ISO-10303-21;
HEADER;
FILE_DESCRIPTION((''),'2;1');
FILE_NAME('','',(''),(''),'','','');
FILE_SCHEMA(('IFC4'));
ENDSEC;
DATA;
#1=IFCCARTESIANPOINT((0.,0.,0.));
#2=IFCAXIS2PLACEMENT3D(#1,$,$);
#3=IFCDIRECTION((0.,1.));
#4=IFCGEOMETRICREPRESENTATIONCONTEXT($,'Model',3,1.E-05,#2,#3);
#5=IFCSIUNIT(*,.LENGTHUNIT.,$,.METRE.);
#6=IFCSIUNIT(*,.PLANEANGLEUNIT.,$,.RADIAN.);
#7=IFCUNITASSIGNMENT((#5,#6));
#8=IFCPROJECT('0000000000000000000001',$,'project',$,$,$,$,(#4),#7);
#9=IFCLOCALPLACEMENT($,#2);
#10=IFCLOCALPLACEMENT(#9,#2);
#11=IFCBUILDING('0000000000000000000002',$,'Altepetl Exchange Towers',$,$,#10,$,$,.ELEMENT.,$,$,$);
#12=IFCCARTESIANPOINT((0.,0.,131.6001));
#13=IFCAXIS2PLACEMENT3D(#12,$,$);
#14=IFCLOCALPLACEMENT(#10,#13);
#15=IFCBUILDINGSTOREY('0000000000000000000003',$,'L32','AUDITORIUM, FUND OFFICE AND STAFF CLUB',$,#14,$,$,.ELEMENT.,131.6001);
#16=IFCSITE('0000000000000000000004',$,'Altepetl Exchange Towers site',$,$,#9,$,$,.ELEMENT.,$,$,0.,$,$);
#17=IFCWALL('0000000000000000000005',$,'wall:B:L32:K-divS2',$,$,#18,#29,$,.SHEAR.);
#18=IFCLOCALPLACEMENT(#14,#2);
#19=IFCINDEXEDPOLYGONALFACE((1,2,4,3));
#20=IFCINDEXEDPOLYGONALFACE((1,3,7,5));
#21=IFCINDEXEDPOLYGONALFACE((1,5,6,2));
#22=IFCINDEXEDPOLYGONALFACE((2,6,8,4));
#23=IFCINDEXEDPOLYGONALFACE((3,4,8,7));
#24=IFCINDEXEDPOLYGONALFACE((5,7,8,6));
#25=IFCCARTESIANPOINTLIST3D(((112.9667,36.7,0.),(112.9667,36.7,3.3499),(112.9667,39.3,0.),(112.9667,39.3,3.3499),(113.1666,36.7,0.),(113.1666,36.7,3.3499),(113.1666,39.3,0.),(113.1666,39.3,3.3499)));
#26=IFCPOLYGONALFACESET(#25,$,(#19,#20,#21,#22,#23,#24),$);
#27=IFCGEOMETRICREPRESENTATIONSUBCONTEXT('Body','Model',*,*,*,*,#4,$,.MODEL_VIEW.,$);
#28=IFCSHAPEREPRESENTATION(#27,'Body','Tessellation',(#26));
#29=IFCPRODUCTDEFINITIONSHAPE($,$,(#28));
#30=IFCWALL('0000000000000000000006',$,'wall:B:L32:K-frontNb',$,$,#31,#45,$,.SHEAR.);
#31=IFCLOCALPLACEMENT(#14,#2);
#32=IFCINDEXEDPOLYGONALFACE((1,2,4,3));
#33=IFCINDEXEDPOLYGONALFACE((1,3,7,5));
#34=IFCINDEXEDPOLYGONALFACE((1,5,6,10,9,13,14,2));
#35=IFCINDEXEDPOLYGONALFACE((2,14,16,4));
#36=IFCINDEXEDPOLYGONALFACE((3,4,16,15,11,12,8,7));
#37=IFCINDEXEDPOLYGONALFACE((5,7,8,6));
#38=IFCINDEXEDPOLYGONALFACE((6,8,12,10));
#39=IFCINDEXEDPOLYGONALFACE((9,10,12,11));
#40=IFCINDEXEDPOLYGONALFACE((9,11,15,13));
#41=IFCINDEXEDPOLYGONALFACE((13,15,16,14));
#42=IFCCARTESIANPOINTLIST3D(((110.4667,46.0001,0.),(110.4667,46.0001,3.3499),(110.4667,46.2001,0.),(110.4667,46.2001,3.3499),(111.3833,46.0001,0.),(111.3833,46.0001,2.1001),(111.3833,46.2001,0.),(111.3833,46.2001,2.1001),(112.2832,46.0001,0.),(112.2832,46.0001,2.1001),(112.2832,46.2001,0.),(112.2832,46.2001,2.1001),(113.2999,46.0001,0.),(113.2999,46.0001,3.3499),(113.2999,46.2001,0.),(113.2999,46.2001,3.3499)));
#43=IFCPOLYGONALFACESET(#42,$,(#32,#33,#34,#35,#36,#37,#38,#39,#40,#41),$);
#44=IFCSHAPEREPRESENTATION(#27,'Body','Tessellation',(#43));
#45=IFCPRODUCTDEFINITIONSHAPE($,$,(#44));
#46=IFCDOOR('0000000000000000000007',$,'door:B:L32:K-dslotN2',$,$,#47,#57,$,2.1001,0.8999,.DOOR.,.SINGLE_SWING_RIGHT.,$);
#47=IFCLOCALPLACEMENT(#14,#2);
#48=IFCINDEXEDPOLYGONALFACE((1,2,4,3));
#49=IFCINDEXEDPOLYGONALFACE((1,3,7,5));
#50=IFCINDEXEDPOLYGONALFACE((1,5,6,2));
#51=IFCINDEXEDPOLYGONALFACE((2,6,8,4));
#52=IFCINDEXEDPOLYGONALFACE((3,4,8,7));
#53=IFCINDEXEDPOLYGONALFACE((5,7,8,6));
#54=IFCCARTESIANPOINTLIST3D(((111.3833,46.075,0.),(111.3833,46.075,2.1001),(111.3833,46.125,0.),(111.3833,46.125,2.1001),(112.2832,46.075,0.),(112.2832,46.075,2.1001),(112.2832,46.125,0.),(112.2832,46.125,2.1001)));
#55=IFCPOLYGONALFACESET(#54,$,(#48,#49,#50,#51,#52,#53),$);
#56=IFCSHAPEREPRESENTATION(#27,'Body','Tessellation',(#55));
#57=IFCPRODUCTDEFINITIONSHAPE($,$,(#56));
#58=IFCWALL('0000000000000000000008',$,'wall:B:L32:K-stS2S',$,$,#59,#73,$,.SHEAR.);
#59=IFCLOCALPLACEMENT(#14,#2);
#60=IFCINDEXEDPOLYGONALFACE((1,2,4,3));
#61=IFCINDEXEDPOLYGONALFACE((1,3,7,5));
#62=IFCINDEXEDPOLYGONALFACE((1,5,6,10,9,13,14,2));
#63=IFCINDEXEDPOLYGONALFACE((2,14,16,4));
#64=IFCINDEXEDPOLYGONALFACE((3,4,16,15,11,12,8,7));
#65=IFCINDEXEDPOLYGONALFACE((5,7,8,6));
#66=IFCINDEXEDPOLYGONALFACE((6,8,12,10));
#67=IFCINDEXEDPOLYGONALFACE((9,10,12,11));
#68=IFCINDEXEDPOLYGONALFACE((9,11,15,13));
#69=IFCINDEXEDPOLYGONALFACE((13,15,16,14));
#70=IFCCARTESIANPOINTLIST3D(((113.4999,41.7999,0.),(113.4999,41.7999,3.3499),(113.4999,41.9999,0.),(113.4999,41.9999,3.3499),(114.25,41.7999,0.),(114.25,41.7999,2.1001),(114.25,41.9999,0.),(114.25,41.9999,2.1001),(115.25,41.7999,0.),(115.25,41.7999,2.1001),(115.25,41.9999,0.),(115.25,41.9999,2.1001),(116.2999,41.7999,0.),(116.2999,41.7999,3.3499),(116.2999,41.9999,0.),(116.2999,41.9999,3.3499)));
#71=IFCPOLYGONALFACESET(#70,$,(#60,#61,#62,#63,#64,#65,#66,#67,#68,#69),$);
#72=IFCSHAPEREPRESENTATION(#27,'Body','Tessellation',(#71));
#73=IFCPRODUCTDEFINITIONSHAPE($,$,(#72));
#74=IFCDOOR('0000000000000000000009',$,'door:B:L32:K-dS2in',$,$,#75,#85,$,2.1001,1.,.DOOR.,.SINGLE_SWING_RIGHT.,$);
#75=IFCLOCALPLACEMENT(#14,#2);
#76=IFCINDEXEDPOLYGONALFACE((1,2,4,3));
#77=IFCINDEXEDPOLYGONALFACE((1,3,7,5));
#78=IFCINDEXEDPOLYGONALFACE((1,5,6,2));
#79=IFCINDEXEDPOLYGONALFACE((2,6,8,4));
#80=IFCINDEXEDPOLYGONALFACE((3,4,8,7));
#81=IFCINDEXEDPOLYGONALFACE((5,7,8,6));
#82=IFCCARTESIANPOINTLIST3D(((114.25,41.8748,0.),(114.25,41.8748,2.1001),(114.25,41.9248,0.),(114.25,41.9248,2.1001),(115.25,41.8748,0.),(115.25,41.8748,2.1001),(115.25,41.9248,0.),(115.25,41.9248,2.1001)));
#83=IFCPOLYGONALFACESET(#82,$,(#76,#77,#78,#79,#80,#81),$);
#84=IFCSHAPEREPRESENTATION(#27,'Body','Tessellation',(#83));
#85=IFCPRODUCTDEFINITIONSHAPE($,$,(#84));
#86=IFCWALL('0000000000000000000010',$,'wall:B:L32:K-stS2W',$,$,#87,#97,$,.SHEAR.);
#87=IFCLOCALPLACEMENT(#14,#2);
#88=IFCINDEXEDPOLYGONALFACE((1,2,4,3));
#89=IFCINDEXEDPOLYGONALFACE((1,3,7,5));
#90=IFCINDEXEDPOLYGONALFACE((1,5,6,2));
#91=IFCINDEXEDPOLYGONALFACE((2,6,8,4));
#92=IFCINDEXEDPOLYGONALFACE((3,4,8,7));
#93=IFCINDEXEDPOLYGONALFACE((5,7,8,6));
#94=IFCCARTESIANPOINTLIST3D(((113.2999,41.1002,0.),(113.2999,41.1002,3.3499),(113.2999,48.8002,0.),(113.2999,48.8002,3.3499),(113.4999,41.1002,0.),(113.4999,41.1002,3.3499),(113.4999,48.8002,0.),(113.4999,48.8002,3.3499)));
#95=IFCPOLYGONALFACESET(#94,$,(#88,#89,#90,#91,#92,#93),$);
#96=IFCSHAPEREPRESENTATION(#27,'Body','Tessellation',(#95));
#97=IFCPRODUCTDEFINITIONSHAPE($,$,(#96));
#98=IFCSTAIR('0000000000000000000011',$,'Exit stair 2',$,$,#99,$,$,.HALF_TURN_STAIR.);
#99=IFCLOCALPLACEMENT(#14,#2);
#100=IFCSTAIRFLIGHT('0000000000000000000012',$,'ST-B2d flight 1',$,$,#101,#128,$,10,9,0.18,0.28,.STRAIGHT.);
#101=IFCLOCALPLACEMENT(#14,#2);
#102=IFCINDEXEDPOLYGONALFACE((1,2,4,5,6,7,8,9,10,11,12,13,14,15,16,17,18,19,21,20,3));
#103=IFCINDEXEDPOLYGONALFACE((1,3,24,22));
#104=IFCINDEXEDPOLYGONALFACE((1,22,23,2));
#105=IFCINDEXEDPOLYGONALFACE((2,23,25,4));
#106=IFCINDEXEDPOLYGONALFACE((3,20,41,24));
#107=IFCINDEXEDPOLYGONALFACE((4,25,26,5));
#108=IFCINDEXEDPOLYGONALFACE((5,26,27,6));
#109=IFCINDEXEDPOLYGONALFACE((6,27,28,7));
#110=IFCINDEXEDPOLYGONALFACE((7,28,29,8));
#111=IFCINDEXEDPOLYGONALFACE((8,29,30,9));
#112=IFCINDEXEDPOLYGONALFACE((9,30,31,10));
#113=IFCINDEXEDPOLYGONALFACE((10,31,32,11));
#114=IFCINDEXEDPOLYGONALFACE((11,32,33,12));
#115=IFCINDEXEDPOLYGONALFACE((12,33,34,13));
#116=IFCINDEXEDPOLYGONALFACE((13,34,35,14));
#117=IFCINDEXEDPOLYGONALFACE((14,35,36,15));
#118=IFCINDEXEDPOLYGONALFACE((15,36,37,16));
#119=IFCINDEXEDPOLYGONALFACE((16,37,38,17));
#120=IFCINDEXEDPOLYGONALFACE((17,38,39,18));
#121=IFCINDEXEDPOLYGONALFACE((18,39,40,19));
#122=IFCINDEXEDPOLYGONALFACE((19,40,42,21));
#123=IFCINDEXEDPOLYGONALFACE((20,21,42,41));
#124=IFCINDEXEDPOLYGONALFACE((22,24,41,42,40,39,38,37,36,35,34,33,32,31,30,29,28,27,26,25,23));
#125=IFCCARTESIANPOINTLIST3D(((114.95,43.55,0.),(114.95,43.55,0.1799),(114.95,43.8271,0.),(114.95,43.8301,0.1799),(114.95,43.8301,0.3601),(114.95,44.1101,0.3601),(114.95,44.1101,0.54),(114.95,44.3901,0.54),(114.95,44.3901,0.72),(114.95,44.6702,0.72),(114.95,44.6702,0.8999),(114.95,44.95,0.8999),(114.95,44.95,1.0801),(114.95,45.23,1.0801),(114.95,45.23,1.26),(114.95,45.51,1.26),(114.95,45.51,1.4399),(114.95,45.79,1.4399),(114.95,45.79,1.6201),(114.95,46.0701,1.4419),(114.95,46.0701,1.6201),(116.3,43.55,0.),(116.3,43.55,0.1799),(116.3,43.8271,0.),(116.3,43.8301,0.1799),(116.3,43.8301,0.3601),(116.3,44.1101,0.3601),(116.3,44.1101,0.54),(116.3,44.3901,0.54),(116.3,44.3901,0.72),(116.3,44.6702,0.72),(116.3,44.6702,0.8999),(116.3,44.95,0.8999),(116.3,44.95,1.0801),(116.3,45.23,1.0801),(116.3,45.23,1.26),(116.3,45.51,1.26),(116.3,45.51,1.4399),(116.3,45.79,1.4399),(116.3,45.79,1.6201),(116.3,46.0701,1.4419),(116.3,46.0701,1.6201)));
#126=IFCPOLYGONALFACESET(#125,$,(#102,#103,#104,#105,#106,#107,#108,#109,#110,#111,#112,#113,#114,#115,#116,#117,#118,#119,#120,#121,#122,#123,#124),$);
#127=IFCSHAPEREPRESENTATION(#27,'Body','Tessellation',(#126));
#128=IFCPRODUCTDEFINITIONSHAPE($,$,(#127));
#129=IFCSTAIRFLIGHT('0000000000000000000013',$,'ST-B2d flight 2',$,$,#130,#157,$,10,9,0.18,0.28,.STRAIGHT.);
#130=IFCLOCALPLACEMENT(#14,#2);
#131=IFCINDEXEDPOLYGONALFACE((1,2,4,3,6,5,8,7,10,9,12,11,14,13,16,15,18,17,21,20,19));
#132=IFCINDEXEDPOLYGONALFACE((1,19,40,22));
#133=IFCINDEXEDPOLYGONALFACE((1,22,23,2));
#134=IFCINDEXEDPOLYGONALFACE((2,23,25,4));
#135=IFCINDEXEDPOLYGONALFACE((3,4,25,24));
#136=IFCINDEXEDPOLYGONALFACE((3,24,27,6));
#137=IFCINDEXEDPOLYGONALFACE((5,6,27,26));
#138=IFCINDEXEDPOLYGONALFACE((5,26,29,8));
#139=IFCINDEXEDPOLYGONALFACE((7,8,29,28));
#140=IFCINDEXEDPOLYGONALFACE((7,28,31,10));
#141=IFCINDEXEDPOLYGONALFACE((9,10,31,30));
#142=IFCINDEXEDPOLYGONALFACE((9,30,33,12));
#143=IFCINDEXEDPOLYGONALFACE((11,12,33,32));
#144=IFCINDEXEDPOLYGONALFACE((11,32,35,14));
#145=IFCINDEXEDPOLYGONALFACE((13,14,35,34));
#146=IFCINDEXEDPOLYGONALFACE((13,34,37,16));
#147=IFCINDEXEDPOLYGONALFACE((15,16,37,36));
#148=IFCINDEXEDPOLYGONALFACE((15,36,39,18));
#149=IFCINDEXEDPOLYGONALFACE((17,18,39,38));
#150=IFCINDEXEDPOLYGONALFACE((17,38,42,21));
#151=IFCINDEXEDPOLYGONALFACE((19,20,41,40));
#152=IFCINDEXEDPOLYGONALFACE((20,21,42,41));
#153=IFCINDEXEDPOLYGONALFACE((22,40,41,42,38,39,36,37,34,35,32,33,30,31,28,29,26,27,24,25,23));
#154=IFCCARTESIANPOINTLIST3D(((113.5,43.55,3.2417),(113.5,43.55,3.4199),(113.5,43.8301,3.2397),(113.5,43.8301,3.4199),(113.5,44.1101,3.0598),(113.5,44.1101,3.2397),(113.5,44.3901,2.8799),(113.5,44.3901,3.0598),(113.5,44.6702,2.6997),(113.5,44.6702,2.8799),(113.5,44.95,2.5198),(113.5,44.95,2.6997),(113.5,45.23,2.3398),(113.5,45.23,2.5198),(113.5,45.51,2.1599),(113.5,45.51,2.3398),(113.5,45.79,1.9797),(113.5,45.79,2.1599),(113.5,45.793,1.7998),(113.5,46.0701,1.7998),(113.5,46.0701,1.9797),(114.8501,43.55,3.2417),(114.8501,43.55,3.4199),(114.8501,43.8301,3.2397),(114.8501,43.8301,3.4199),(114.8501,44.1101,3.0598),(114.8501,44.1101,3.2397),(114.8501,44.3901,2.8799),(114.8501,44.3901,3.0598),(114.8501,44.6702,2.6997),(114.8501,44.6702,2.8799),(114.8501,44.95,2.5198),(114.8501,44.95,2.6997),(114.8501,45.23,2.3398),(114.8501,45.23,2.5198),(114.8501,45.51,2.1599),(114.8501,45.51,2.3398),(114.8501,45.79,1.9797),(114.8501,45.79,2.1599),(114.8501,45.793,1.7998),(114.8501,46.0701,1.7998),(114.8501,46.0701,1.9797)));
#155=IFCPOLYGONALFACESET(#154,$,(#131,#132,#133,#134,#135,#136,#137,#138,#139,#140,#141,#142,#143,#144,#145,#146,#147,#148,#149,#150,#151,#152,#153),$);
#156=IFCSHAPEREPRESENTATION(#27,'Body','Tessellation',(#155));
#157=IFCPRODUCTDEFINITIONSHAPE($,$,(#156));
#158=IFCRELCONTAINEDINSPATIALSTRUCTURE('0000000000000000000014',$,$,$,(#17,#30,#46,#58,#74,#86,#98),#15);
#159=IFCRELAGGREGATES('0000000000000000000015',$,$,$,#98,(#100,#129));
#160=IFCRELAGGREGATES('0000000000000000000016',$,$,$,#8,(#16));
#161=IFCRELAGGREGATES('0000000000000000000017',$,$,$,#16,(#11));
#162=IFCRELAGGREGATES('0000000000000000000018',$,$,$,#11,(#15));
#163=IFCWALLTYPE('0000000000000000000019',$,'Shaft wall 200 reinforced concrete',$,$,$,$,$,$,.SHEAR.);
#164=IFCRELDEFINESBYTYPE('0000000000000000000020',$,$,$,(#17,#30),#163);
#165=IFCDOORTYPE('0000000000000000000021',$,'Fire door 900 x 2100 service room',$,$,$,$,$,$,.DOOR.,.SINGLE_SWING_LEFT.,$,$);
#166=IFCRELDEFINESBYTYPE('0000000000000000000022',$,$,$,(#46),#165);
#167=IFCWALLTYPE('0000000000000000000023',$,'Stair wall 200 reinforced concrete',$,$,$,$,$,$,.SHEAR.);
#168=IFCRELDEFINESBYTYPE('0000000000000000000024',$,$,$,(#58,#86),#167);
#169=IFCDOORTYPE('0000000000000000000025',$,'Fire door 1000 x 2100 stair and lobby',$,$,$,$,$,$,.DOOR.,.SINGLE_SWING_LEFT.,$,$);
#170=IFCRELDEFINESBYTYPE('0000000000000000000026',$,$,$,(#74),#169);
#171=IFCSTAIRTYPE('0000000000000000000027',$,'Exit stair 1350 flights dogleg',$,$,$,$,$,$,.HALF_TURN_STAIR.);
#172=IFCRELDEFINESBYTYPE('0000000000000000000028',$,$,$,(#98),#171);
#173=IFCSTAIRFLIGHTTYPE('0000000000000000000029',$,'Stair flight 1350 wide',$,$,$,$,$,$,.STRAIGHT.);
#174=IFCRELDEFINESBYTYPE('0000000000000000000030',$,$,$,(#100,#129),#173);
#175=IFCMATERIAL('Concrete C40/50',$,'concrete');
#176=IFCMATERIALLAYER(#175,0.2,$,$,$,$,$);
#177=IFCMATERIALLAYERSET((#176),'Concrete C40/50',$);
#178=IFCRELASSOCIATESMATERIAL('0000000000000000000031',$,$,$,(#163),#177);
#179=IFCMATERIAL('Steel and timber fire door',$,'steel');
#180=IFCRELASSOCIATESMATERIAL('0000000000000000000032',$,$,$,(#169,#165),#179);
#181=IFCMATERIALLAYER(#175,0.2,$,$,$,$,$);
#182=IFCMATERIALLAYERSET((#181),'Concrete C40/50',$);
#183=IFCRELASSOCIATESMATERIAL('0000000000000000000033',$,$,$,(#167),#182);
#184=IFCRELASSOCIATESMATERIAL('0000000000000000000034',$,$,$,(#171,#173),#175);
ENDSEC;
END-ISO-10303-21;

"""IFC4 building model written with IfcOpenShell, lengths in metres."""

from ifc_helpers import new_model, si_unit, direction, frame, frame_2d, origin, place, context, subcontext, project, spatial, polyline, rectangle, outline, extrude, material, layer, layer_set, type_object, element, fill, aggregate, save


model = new_model("IFC4")

# Units and contexts
model_context = context("Model", 3, precision=1e-05, world=origin(), true_north=direction((0.0, 1.0)))
body_context = subcontext(model_context, "Body", "Model", "MODEL_VIEW")
ifc_project = project(units=[si_unit("LENGTHUNIT", "METRE"), si_unit("PLANEANGLEUNIT", "RADIAN")], contexts=[model_context])

# Site, building, storey
site_placement = place(None, origin())
site = spatial("IfcSite", under=ifc_project, at=site_placement, Name="Altepetl Exchange Towers site", CompositionType="ELEMENT", RefElevation=0.0)
building_placement = place(site_placement, origin())
building = spatial("IfcBuilding", under=site, at=building_placement, Name="Altepetl Exchange Towers", CompositionType="ELEMENT")
storey_placement = place(building_placement, frame((0.0, 0.0, 131.6001)))
storey = spatial("IfcBuildingStorey", under=building, at=storey_placement, Name="L32", Description="AUDITORIUM, FUND OFFICE AND STAFF CLUB", CompositionType="ELEMENT", Elevation=131.6001)

# Shared definitions
ifc_material_1 = material(Name="Concrete C40/50", Category="concrete")
ifc_layer_1 = layer(ifc_material_1, 0.2)
ifc_layer_set_1 = layer_set([ifc_layer_1], Name="Concrete C40/50")
wall_type_1 = type_object("IfcWallType", Name="Shaft wall 200 reinforced concrete", PredefinedType="SHEAR", material=ifc_layer_set_1)
ifc_material_2 = material(Name="Steel and timber fire door", Category="steel")
door_type_1 = type_object("IfcDoorType", Name="Fire door 1000 x 2100 stair and lobby", OperationType="SINGLE_SWING_LEFT", PredefinedType="DOOR", material=ifc_material_2)

# Wall
wall_1_placement = place(storey_placement, frame((113.0667, 36.7, 0.0), z_axis=(0.0, 0.0, 1.0), x_axis=(0.0, 1.0, 0.0)))
element("IfcWall", 1, at=wall_1_placement, inside=storey, type_object=wall_type_1, Name="wall:B:L32:K-divS2", PredefinedType="SHEAR", context=body_context, shape_type="SweptSolid", body=[
    extrude(rectangle(XDim=2.6001, YDim=0.2, at=frame_2d((1.3, 0.0))), origin(), (0.0, 0.0, 1.0), 3.3499),
])

# Walls, openings, doors
wall_2_placement = place(storey_placement, frame((110.4668, 46.1001, 0.0)))
wall_2 = element("IfcWall", 2, at=wall_2_placement, inside=storey, type_object=wall_type_1, Name="wall:B:L32:K-frontNb", PredefinedType="SHEAR", context=body_context, shape_type="SweptSolid", body=[
    extrude(rectangle(XDim=2.8333, YDim=0.2, at=frame_2d((1.4165, 0.0))), origin(), (0.0, 0.0, 1.0), 3.3499),
])
opening_1_placement = place(wall_2_placement, frame((0.9165, 0.0, 0.0)))
opening_1 = element("IfcOpeningElement", 3, at=opening_1_placement, cuts=wall_2, PredefinedType="OPENING", context=body_context, shape_type="SweptSolid", body=[
    extrude(rectangle(XDim=0.8999, YDim=2.1001, at=frame_2d((0.45, 1.05))), frame((0.0, 0.1099, 0.0), z_axis=(0.0, -1.0, 0.0), x_axis=(1.0, 0.0, 0.0)), (0.0, 0.0, 1.0), 0.22),
])
door_type_2 = type_object("IfcDoorType", Name="Fire door 900 x 2100 service room", OperationType="SINGLE_SWING_LEFT", PredefinedType="DOOR", material=ifc_material_2)
door_1_placement = place(opening_1_placement, origin())
door_1 = element("IfcDoor", 4, at=door_1_placement, inside=storey, type_object=door_type_2, Name="door:B:L32:K-dslotN2", OperationType="SINGLE_SWING_RIGHT", OverallHeight=2.1001, OverallWidth=0.8999, PredefinedType="DOOR", context=body_context, shape_type="SweptSolid", body=[
    extrude(rectangle(XDim=0.8999, YDim=2.1001, at=frame_2d((0.45, 1.05))), frame((0.0, 0.0249, 0.0), z_axis=(0.0, -1.0, 0.0), x_axis=(1.0, 0.0, 0.0)), (0.0, 0.0, 1.0), 0.05),
])
fill(opening_1, door_1)
ifc_layer_2 = layer(ifc_material_1, 0.2)
ifc_layer_set_2 = layer_set([ifc_layer_2], Name="Concrete C40/50")
wall_type_2 = type_object("IfcWallType", Name="Stair wall 200 reinforced concrete", PredefinedType="SHEAR", material=ifc_layer_set_2)
wall_3_placement = place(storey_placement, frame((113.5, 41.8999, 0.0)))
wall_3 = element("IfcWall", 5, at=wall_3_placement, inside=storey, type_object=wall_type_2, Name="wall:B:L32:K-stS2S", PredefinedType="SHEAR", context=body_context, shape_type="SweptSolid", body=[
    extrude(rectangle(XDim=2.8, YDim=0.2, at=frame_2d((1.3999, 0.0))), origin(), (0.0, 0.0, 1.0), 3.3499),
])
opening_2_placement = place(wall_3_placement, frame((0.75, 0.0, 0.0)))
opening_2 = element("IfcOpeningElement", 6, at=opening_2_placement, cuts=wall_3, PredefinedType="OPENING", context=body_context, shape_type="SweptSolid", body=[
    extrude(rectangle(XDim=1.0, YDim=2.1001, at=frame_2d((0.5, 1.05))), frame((0.0, 0.1099, 0.0), z_axis=(0.0, -1.0, 0.0), x_axis=(1.0, 0.0, 0.0)), (0.0, 0.0, 1.0), 0.22),
])
door_2_placement = place(opening_2_placement, origin())
door_2 = element("IfcDoor", 7, at=door_2_placement, inside=storey, type_object=door_type_1, Name="door:B:L32:K-dS2in", OperationType="SINGLE_SWING_RIGHT", OverallHeight=2.1001, OverallWidth=1.0, PredefinedType="DOOR", context=body_context, shape_type="SweptSolid", body=[
    extrude(rectangle(XDim=1.0, YDim=2.1001, at=frame_2d((0.5, 1.05))), frame((0.0, 0.0249, 0.0), z_axis=(0.0, -1.0, 0.0), x_axis=(1.0, 0.0, 0.0)), (0.0, 0.0, 1.0), 0.05),
])
fill(opening_2, door_2)

# Wall
wall_4_placement = place(storey_placement, frame((113.3999, 41.1001, 0.0), z_axis=(0.0, 0.0, 1.0), x_axis=(0.0, 1.0, 0.0)))
element("IfcWall", 8, at=wall_4_placement, inside=storey, type_object=wall_type_2, Name="wall:B:L32:K-stS2W", PredefinedType="SHEAR", context=body_context, shape_type="SweptSolid", body=[
    extrude(rectangle(XDim=7.7, YDim=0.2, at=frame_2d((3.8501, 0.0))), origin(), (0.0, 0.0, 1.0), 3.3499),
])

# Stair, stair flights
stair_type = type_object("IfcStairType", Name="Exit stair 1350 flights dogleg", PredefinedType="HALF_TURN_STAIR", material=ifc_material_1)
stair_placement = place(storey_placement, origin())
stair = element("IfcStair", 9, at=stair_placement, inside=storey, type_object=stair_type, Name="Exit stair 2", PredefinedType="HALF_TURN_STAIR")
stair_flight_type = type_object("IfcStairFlightType", Name="Stair flight 1350 wide", PredefinedType="STRAIGHT", material=ifc_material_1)
stair_flight_1_placement = place(storey_placement, frame((115.625, 43.55, 0.0), z_axis=(0.0, 0.0, 1.0), x_axis=(0.0, 1.0, 0.0)))
stair_flight_1 = element("IfcStairFlight", 10, at=stair_flight_1_placement, type_object=stair_flight_type, Name="ST-B2d flight 1", NumberOfRisers=10, NumberOfTreads=9, PredefinedType="STRAIGHT", RiserHeight=0.18, TreadLength=0.28, context=body_context, shape_type="SweptSolid", body=[
    extrude(outline(polyline([(0.0, 0.0), (0.0, 0.1799), (0.28, 0.1799), (0.28, 0.3601), (0.5601, 0.3601), (0.5601, 0.54), (0.8401, 0.54), (0.8401, 0.72), (1.1201, 0.72), (1.1201, 0.8999), (1.3999, 0.8999), (1.3999, 1.0801), (1.6799, 1.0801), (1.6799, 1.26), (1.96, 1.26), (1.96, 1.4399), (2.24, 1.4399), (2.24, 1.6201), (2.52, 1.6201), (2.52, 1.8), (2.52, 1.4419), (0.2771, 0.0), (0.0, 0.0)])), frame((0.0, 0.675, 0.0), z_axis=(0.0, -1.0, 0.0), x_axis=(1.0, 0.0, 0.0)), (0.0, 0.0, 1.0), 1.3501),
])
stair_flight_2_placement = place(storey_placement, frame((114.175, 46.0701, 1.7998), z_axis=(0.0, 0.0, 1.0), x_axis=(0.0, -1.0, 0.0)))
stair_flight_2 = element("IfcStairFlight", 11, at=stair_flight_2_placement, type_object=stair_flight_type, Name="ST-B2d flight 2", NumberOfRisers=10, NumberOfTreads=9, PredefinedType="STRAIGHT", RiserHeight=0.18, TreadLength=0.28, context=body_context, shape_type="SweptSolid", body=[
    extrude(outline(polyline([(0.0, 0.0), (0.0, 0.1799), (0.28, 0.1799), (0.28, 0.3601), (0.5601, 0.3601), (0.5601, 0.54), (0.8401, 0.54), (0.8401, 0.72), (1.1201, 0.72), (1.1201, 0.8999), (1.3999, 0.8999), (1.3999, 1.0801), (1.6799, 1.0801), (1.6799, 1.26), (1.96, 1.26), (1.96, 1.4399), (2.24, 1.4399), (2.24, 1.6201), (2.52, 1.6201), (2.52, 1.8), (2.52, 1.4419), (0.2771, 0.0), (0.0, 0.0)])), frame((0.0, 0.675, 0.0), z_axis=(0.0, -1.0, 0.0), x_axis=(1.0, 0.0, 0.0)), (0.0, 0.0, 1.0), 1.3501),
])
aggregate(stair, [stair_flight_1, stair_flight_2])

save(model, "model.ifc")
